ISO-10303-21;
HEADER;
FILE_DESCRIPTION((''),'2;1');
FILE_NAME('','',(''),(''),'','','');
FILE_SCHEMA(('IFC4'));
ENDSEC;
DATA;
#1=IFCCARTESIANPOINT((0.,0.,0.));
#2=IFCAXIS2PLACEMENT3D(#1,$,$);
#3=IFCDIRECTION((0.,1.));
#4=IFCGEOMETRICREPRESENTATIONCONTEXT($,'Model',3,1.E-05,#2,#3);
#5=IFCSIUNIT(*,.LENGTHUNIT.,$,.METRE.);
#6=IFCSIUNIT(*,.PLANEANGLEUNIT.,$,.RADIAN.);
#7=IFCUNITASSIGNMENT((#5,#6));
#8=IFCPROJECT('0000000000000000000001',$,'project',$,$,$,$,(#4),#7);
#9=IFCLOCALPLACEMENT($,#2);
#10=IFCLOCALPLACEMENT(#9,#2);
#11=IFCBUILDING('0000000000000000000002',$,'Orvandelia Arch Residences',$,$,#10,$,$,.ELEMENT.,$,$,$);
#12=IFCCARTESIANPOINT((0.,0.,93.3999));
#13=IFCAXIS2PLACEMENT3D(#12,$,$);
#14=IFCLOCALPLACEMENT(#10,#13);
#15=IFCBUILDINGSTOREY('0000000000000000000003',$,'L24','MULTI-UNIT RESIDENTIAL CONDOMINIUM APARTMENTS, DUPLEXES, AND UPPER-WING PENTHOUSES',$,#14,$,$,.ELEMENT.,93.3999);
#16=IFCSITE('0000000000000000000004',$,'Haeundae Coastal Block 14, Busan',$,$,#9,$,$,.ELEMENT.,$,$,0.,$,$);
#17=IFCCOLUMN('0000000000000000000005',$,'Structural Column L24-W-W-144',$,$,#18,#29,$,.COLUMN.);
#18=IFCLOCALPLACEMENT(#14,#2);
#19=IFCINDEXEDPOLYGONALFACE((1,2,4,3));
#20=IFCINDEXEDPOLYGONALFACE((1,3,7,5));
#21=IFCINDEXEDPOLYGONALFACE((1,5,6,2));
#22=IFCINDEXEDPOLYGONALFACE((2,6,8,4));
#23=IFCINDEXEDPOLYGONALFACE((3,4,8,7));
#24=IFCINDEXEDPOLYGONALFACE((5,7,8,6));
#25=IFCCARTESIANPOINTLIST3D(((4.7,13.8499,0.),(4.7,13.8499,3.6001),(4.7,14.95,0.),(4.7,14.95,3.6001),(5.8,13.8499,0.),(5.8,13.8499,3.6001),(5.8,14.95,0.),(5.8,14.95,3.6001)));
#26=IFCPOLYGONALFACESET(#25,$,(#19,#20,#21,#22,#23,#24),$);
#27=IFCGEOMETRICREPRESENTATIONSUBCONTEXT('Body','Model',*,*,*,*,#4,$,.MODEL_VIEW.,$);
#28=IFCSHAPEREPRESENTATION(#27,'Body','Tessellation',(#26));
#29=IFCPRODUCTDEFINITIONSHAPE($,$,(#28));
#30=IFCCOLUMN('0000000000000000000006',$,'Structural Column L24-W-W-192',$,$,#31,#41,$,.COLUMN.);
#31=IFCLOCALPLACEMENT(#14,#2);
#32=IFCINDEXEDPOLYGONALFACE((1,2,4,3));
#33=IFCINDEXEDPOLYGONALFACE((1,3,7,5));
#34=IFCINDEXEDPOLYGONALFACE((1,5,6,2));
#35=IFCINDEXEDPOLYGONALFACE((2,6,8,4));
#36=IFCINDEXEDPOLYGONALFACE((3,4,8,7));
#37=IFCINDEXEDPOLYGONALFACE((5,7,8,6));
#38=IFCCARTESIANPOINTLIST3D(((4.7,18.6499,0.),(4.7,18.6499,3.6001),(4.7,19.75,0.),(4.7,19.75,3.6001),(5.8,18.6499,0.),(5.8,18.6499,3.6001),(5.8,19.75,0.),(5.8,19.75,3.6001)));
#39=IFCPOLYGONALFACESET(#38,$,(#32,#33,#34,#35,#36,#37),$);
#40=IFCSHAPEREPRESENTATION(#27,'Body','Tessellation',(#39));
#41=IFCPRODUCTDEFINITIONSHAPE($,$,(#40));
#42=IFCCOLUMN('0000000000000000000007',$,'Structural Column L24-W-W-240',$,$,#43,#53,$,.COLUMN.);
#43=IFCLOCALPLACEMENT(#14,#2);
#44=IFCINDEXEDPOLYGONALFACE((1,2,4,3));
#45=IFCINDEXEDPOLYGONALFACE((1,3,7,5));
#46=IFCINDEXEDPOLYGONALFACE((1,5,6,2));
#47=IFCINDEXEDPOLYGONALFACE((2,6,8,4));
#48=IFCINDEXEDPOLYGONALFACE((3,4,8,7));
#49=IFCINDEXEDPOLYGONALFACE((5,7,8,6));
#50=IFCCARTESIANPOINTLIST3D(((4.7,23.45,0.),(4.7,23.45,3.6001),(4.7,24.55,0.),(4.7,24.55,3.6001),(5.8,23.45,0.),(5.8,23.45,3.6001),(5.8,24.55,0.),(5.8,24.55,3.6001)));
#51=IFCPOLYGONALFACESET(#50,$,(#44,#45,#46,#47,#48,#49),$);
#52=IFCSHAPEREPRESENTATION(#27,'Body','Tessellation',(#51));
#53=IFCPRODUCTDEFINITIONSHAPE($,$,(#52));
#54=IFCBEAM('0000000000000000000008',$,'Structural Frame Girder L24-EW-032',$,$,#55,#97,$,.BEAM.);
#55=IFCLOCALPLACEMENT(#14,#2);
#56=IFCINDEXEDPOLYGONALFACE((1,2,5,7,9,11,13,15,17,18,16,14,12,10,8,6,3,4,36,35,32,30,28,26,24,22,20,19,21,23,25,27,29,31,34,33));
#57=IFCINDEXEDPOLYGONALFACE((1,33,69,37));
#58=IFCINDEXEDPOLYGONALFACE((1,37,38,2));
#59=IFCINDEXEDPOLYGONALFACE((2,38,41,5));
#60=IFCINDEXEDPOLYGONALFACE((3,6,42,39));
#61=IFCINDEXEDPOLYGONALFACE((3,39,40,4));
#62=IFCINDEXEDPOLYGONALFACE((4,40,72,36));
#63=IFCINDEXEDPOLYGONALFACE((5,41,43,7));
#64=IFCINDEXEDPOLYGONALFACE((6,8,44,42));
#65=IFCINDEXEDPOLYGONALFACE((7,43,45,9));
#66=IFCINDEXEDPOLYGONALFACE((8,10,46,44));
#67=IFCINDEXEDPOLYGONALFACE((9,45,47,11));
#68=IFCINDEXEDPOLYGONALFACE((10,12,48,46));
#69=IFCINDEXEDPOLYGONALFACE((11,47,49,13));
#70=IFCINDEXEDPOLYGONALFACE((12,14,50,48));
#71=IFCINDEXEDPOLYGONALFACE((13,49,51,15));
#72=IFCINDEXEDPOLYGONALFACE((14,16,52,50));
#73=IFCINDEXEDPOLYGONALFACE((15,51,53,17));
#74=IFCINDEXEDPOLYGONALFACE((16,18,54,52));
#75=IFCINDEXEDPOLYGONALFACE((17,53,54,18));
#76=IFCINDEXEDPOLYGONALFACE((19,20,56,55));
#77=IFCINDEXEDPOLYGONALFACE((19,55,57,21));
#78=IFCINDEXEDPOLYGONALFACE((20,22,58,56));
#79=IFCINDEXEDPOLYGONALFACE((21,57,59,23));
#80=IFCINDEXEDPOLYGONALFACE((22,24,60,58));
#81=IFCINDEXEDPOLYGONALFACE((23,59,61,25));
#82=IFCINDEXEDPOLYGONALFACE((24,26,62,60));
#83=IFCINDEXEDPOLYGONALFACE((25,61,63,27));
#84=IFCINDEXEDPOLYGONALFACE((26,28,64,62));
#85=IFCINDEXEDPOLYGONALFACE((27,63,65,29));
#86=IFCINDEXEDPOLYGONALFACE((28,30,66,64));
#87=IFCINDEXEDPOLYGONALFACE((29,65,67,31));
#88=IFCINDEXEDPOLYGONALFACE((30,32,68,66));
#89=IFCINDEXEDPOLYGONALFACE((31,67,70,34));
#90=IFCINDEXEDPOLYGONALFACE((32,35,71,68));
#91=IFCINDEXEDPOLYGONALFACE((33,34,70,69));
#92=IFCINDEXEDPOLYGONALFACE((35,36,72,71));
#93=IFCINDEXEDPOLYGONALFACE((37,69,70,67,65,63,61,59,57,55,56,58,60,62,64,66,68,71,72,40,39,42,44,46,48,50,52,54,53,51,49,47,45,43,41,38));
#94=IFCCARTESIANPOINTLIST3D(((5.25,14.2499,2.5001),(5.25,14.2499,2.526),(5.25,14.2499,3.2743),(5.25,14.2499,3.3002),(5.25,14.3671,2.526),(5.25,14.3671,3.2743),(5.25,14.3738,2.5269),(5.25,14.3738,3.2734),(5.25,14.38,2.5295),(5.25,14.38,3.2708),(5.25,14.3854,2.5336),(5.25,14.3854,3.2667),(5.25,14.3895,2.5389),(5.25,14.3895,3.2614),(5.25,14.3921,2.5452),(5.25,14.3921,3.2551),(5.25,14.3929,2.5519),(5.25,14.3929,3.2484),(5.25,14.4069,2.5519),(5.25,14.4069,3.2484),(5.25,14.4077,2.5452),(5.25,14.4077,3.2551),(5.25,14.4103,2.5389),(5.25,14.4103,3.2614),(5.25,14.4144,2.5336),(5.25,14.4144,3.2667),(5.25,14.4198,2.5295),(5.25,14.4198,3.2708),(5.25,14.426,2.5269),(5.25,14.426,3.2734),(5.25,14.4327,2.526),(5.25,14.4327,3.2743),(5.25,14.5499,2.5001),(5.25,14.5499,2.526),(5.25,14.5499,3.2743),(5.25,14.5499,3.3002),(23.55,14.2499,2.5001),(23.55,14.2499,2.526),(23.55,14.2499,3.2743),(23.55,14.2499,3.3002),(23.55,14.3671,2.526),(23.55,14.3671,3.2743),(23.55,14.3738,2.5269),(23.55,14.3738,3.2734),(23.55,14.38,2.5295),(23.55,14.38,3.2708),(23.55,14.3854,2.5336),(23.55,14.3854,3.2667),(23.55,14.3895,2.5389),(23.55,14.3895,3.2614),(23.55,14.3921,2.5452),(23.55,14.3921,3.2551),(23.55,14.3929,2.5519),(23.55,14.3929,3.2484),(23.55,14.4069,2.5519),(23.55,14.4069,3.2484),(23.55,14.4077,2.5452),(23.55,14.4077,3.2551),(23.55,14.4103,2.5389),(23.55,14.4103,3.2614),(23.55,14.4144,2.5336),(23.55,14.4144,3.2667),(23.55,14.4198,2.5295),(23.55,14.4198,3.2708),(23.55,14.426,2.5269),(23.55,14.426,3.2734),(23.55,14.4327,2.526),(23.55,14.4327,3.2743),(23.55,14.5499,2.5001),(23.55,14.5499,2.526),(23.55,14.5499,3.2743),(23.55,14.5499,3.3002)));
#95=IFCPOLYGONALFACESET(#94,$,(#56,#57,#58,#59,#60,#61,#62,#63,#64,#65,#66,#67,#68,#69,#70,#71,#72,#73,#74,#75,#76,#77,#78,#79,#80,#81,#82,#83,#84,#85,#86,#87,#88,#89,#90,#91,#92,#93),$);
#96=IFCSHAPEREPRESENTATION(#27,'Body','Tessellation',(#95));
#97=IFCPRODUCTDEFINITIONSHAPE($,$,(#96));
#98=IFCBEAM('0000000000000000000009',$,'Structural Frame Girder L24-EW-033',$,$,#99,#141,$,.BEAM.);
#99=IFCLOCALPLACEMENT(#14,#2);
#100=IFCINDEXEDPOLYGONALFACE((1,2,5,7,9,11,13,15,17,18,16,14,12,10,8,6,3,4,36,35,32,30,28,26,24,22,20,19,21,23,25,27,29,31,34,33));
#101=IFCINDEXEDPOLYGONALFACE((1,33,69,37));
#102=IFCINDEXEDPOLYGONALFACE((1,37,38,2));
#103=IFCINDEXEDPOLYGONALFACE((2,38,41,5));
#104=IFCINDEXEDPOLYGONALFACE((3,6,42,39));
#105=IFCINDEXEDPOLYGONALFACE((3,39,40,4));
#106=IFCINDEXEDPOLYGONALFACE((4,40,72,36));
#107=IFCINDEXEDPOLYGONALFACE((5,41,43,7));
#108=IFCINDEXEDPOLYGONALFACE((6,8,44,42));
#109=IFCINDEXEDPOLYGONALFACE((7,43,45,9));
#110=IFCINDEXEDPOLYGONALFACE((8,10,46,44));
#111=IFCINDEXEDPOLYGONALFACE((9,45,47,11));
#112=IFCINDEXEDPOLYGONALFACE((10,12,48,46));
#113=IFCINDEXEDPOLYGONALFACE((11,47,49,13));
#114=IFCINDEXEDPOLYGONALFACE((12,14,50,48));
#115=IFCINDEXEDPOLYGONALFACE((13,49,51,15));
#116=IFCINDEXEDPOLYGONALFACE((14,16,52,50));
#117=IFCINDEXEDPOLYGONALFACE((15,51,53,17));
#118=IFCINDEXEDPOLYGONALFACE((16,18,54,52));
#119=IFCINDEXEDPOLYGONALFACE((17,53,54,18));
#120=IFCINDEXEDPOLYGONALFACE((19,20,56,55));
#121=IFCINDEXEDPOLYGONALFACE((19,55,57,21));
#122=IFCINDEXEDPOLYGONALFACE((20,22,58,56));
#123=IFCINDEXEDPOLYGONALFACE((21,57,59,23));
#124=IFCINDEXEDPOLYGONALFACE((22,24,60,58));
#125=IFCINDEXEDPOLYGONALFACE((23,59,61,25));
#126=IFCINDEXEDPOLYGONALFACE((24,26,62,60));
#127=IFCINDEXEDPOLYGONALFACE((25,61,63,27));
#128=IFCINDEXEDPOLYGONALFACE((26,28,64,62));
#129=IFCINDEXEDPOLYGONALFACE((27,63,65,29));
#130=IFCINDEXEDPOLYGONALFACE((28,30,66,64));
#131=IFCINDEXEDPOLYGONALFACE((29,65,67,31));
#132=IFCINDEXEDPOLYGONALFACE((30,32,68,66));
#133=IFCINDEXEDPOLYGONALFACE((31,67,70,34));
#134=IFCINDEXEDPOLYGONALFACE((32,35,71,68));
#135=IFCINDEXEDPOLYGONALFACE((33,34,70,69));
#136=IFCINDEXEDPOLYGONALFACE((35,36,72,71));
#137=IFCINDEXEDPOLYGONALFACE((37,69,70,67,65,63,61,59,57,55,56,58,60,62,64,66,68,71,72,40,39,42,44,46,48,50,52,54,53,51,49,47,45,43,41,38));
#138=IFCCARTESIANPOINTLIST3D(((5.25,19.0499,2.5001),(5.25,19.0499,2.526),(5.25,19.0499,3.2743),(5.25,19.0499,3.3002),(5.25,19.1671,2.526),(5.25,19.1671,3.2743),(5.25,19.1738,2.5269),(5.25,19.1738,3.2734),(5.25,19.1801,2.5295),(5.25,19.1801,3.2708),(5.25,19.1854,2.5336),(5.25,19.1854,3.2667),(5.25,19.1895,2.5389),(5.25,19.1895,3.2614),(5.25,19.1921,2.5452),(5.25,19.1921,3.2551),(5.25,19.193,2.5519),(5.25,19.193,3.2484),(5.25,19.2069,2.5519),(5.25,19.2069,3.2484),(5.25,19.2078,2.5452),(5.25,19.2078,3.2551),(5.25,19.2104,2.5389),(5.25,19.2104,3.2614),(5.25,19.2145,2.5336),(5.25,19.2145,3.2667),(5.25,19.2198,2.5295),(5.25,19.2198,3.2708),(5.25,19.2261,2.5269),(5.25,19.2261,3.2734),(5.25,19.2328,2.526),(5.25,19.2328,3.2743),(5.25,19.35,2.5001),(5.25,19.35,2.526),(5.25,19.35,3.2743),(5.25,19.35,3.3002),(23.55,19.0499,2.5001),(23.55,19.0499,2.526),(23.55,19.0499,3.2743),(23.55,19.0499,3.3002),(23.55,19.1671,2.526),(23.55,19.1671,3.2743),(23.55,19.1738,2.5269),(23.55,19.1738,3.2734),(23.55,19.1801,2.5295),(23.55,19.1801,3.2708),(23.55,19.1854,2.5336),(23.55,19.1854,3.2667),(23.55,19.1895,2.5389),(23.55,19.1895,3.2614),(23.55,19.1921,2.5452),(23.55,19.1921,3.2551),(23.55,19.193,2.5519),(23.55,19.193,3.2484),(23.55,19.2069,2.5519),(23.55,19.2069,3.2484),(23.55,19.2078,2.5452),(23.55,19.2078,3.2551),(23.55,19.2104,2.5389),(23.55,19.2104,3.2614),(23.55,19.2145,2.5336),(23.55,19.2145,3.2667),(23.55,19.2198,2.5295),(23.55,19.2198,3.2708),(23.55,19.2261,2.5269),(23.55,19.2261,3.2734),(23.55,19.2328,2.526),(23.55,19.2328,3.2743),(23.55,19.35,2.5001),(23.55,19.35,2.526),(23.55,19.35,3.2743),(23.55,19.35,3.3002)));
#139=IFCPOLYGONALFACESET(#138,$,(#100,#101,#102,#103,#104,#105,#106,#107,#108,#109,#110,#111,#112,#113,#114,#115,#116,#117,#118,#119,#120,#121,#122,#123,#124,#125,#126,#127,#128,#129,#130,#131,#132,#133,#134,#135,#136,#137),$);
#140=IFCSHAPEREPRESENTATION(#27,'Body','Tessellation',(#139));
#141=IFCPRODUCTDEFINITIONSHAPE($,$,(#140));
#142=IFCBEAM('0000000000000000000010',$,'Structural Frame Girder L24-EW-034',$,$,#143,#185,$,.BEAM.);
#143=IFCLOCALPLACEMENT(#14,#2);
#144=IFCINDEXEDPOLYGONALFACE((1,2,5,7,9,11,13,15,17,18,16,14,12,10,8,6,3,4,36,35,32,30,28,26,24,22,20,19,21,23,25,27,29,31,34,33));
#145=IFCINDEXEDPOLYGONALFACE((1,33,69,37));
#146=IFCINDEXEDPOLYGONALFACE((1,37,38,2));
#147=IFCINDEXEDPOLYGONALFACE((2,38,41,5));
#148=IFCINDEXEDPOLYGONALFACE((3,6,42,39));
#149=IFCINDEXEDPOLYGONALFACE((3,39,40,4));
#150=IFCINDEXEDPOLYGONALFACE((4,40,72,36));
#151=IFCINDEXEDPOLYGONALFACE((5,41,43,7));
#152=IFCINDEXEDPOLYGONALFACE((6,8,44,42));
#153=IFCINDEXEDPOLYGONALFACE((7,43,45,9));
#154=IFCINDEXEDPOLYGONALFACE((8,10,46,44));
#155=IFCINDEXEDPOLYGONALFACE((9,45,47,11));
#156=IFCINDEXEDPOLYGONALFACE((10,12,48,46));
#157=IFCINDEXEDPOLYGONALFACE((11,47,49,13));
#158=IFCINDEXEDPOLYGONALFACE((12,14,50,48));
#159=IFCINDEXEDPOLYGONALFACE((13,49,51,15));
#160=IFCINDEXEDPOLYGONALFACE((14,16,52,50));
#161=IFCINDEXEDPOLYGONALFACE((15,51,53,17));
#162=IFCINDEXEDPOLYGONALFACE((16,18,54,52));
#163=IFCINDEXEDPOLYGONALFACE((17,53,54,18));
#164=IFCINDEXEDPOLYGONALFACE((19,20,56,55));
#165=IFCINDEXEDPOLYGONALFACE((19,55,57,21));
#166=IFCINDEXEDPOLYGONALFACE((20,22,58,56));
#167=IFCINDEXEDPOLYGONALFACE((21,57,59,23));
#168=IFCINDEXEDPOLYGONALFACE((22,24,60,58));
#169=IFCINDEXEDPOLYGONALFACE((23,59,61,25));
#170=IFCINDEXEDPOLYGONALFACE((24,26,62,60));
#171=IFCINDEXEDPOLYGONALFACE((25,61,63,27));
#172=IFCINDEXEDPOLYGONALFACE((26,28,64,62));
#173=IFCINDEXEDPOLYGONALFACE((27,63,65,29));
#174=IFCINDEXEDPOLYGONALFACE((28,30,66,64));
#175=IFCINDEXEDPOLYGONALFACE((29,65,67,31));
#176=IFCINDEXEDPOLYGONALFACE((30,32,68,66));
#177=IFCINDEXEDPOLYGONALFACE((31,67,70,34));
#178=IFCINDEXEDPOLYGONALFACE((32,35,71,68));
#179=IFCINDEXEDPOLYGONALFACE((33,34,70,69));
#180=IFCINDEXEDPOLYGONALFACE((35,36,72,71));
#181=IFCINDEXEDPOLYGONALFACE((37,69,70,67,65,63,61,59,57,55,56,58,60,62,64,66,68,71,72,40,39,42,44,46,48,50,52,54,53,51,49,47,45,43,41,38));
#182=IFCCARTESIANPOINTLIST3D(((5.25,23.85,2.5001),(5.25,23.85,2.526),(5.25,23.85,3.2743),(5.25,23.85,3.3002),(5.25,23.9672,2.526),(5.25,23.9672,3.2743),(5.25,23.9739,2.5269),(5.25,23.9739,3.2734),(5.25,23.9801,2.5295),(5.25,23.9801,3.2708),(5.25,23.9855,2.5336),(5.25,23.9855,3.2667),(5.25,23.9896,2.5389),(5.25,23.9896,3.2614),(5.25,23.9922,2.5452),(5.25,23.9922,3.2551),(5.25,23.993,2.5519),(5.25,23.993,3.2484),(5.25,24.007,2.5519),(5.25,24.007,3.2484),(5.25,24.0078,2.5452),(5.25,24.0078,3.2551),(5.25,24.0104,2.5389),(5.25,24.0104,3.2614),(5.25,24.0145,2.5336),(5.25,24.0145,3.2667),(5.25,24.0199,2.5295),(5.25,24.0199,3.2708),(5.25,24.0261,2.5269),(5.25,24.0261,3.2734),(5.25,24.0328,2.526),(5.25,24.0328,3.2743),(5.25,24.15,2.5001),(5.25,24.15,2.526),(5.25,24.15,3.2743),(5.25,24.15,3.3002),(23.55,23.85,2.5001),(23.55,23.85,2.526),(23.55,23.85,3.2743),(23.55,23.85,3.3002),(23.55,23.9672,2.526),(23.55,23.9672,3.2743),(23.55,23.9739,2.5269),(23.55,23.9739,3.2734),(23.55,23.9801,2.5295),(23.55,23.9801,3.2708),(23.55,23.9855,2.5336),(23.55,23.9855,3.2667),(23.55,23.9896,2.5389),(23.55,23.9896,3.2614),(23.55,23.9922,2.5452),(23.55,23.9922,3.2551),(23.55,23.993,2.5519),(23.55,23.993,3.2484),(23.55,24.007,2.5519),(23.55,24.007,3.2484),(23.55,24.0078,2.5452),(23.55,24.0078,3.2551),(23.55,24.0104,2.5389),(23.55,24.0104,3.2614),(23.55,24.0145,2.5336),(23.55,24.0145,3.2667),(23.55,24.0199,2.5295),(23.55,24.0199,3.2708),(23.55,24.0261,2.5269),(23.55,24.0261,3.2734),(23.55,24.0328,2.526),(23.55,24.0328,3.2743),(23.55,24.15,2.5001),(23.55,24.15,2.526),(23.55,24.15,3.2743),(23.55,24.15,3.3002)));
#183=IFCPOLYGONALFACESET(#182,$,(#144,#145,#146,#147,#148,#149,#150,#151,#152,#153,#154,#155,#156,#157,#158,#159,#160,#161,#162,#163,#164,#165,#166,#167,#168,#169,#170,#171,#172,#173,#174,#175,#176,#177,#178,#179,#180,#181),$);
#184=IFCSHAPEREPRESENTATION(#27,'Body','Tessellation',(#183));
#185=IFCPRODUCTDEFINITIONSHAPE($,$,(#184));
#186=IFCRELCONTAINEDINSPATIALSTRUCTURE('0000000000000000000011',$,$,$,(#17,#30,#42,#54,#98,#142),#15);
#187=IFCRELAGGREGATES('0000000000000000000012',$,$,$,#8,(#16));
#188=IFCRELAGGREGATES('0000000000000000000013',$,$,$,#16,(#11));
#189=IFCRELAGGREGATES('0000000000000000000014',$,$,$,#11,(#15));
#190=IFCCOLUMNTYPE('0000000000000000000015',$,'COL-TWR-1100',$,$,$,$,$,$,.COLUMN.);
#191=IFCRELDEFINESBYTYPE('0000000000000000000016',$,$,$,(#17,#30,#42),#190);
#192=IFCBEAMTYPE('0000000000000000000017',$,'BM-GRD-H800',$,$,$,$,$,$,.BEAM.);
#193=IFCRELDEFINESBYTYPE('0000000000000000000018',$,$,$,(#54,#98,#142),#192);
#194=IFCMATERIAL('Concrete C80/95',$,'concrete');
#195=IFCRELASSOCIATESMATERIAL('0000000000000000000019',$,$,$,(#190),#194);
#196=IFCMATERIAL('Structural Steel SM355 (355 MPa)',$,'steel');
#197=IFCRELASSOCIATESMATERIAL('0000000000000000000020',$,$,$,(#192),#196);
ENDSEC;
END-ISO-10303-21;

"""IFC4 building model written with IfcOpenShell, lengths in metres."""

from ifc_helpers import new_model, si_unit, direction, frame, origin, origin_2d, place, context, subcontext, project, spatial, rectangle, i_section, extrude, material, material_profile, profile_set, type_object, element, save


model = new_model("IFC4")

# Units and contexts
model_context = context("Model", 3, precision=1e-05, world=origin(), true_north=direction((0.0, 1.0)))
body_context = subcontext(model_context, "Body", "Model", "MODEL_VIEW")
ifc_project = project(units=[si_unit("LENGTHUNIT", "METRE"), si_unit("PLANEANGLEUNIT", "RADIAN")], contexts=[model_context])

# Site, building, storey
site_placement = place(None, origin())
site = spatial("IfcSite", under=ifc_project, at=site_placement, Name="Haeundae Coastal Block 14, Busan", CompositionType="ELEMENT", RefElevation=0.0)
building_placement = place(site_placement, origin())
building = spatial("IfcBuilding", under=site, at=building_placement, Name="Orvandelia Arch Residences", CompositionType="ELEMENT")
storey_placement = place(building_placement, frame((0.0, 0.0, 93.3999)))
storey = spatial("IfcBuildingStorey", under=building, at=storey_placement, Name="L24", Description="MULTI-UNIT RESIDENTIAL CONDOMINIUM APARTMENTS, DUPLEXES, AND UPPER-WING PENTHOUSES", CompositionType="ELEMENT", Elevation=93.3999)

# Columns
ifc_material_1 = material(Name="Concrete C80/95", Category="concrete")
ifc_material_profile_1 = material_profile(ifc_material_1, rectangle(XDim=1.1001, YDim=1.1001, at=origin_2d()), Name="Concrete C80/95", Category="concrete")
ifc_profile_set_1 = profile_set([ifc_material_profile_1], Name="Concrete C80/95")
column_type = type_object("IfcColumnType", Name="COL-TWR-1100", PredefinedType="COLUMN", material=ifc_profile_set_1)
for number, where, z_axis, x_axis, name in (
    (1, (5.25, 14.3999, 0.0), (0.0, 0.0, 1.0), (1.0, 0.0, 0.0), "Structural Column L24-W-W-144"),
    (2, (5.25, 19.2, 0.0), (0.0, 0.0, 1.0), (1.0, 0.0, 0.0), "Structural Column L24-W-W-192"),
    (3, (5.25, 24.0, 0.0), (0.0, 0.0, 1.0), (1.0, 0.0, 0.0), "Structural Column L24-W-W-240"),
):
    element("IfcColumn", number, at=place(storey_placement, frame(where, z_axis=z_axis, x_axis=x_axis)), inside=storey, type_object=column_type, Name=name, PredefinedType="COLUMN", context=body_context, shape_type="SweptSolid", body=[
        extrude(rectangle(XDim=1.1001, YDim=1.1001, at=origin_2d()), origin(), (0.0, 0.0, 1.0), 3.6001),
    ])

# Beams
ifc_material_2 = material(Name="Structural Steel SM355 (355 MPa)", Category="steel")
ifc_material_profile_2 = material_profile(ifc_material_2, i_section(OverallWidth=0.3, OverallDepth=0.8, WebThickness=0.0139, FlangeThickness=0.0259, FilletRadius=0.0259, at=origin_2d()), Name="Structural Steel SM355 (355 MPa)", Category="steel")
ifc_profile_set_2 = profile_set([ifc_material_profile_2], Name="Structural Steel SM355 (355 MPa)")
beam_type_1 = type_object("IfcBeamType", Name="BM-GRD-H800", PredefinedType="BEAM", material=ifc_profile_set_2)
for number, where, z_axis, x_axis, name in (
    (4, (5.25, 14.3999, 2.9001), (1.0, 0.0, 0.0), (0.0, 1.0, 0.0), "Structural Frame Girder L24-EW-032"),
    (5, (5.25, 19.2, 2.9001), (1.0, 0.0, 0.0), (0.0, 1.0, 0.0), "Structural Frame Girder L24-EW-033"),
    (6, (5.25, 24.0, 2.9001), (1.0, 0.0, 0.0), (0.0, 1.0, 0.0), "Structural Frame Girder L24-EW-034"),
):
    element("IfcBeam", number, at=place(storey_placement, frame(where, z_axis=z_axis, x_axis=x_axis)), inside=storey, type_object=beam_type_1, Name=name, PredefinedType="BEAM", context=body_context, shape_type="SweptSolid", body=[
        extrude(i_section(OverallWidth=0.3, OverallDepth=0.8, WebThickness=0.0139, FlangeThickness=0.0259, FilletRadius=0.0259, at=origin_2d()), origin(), (0.0, 0.0, 1.0), 18.3),
    ])

save(model, "model.ifc")
